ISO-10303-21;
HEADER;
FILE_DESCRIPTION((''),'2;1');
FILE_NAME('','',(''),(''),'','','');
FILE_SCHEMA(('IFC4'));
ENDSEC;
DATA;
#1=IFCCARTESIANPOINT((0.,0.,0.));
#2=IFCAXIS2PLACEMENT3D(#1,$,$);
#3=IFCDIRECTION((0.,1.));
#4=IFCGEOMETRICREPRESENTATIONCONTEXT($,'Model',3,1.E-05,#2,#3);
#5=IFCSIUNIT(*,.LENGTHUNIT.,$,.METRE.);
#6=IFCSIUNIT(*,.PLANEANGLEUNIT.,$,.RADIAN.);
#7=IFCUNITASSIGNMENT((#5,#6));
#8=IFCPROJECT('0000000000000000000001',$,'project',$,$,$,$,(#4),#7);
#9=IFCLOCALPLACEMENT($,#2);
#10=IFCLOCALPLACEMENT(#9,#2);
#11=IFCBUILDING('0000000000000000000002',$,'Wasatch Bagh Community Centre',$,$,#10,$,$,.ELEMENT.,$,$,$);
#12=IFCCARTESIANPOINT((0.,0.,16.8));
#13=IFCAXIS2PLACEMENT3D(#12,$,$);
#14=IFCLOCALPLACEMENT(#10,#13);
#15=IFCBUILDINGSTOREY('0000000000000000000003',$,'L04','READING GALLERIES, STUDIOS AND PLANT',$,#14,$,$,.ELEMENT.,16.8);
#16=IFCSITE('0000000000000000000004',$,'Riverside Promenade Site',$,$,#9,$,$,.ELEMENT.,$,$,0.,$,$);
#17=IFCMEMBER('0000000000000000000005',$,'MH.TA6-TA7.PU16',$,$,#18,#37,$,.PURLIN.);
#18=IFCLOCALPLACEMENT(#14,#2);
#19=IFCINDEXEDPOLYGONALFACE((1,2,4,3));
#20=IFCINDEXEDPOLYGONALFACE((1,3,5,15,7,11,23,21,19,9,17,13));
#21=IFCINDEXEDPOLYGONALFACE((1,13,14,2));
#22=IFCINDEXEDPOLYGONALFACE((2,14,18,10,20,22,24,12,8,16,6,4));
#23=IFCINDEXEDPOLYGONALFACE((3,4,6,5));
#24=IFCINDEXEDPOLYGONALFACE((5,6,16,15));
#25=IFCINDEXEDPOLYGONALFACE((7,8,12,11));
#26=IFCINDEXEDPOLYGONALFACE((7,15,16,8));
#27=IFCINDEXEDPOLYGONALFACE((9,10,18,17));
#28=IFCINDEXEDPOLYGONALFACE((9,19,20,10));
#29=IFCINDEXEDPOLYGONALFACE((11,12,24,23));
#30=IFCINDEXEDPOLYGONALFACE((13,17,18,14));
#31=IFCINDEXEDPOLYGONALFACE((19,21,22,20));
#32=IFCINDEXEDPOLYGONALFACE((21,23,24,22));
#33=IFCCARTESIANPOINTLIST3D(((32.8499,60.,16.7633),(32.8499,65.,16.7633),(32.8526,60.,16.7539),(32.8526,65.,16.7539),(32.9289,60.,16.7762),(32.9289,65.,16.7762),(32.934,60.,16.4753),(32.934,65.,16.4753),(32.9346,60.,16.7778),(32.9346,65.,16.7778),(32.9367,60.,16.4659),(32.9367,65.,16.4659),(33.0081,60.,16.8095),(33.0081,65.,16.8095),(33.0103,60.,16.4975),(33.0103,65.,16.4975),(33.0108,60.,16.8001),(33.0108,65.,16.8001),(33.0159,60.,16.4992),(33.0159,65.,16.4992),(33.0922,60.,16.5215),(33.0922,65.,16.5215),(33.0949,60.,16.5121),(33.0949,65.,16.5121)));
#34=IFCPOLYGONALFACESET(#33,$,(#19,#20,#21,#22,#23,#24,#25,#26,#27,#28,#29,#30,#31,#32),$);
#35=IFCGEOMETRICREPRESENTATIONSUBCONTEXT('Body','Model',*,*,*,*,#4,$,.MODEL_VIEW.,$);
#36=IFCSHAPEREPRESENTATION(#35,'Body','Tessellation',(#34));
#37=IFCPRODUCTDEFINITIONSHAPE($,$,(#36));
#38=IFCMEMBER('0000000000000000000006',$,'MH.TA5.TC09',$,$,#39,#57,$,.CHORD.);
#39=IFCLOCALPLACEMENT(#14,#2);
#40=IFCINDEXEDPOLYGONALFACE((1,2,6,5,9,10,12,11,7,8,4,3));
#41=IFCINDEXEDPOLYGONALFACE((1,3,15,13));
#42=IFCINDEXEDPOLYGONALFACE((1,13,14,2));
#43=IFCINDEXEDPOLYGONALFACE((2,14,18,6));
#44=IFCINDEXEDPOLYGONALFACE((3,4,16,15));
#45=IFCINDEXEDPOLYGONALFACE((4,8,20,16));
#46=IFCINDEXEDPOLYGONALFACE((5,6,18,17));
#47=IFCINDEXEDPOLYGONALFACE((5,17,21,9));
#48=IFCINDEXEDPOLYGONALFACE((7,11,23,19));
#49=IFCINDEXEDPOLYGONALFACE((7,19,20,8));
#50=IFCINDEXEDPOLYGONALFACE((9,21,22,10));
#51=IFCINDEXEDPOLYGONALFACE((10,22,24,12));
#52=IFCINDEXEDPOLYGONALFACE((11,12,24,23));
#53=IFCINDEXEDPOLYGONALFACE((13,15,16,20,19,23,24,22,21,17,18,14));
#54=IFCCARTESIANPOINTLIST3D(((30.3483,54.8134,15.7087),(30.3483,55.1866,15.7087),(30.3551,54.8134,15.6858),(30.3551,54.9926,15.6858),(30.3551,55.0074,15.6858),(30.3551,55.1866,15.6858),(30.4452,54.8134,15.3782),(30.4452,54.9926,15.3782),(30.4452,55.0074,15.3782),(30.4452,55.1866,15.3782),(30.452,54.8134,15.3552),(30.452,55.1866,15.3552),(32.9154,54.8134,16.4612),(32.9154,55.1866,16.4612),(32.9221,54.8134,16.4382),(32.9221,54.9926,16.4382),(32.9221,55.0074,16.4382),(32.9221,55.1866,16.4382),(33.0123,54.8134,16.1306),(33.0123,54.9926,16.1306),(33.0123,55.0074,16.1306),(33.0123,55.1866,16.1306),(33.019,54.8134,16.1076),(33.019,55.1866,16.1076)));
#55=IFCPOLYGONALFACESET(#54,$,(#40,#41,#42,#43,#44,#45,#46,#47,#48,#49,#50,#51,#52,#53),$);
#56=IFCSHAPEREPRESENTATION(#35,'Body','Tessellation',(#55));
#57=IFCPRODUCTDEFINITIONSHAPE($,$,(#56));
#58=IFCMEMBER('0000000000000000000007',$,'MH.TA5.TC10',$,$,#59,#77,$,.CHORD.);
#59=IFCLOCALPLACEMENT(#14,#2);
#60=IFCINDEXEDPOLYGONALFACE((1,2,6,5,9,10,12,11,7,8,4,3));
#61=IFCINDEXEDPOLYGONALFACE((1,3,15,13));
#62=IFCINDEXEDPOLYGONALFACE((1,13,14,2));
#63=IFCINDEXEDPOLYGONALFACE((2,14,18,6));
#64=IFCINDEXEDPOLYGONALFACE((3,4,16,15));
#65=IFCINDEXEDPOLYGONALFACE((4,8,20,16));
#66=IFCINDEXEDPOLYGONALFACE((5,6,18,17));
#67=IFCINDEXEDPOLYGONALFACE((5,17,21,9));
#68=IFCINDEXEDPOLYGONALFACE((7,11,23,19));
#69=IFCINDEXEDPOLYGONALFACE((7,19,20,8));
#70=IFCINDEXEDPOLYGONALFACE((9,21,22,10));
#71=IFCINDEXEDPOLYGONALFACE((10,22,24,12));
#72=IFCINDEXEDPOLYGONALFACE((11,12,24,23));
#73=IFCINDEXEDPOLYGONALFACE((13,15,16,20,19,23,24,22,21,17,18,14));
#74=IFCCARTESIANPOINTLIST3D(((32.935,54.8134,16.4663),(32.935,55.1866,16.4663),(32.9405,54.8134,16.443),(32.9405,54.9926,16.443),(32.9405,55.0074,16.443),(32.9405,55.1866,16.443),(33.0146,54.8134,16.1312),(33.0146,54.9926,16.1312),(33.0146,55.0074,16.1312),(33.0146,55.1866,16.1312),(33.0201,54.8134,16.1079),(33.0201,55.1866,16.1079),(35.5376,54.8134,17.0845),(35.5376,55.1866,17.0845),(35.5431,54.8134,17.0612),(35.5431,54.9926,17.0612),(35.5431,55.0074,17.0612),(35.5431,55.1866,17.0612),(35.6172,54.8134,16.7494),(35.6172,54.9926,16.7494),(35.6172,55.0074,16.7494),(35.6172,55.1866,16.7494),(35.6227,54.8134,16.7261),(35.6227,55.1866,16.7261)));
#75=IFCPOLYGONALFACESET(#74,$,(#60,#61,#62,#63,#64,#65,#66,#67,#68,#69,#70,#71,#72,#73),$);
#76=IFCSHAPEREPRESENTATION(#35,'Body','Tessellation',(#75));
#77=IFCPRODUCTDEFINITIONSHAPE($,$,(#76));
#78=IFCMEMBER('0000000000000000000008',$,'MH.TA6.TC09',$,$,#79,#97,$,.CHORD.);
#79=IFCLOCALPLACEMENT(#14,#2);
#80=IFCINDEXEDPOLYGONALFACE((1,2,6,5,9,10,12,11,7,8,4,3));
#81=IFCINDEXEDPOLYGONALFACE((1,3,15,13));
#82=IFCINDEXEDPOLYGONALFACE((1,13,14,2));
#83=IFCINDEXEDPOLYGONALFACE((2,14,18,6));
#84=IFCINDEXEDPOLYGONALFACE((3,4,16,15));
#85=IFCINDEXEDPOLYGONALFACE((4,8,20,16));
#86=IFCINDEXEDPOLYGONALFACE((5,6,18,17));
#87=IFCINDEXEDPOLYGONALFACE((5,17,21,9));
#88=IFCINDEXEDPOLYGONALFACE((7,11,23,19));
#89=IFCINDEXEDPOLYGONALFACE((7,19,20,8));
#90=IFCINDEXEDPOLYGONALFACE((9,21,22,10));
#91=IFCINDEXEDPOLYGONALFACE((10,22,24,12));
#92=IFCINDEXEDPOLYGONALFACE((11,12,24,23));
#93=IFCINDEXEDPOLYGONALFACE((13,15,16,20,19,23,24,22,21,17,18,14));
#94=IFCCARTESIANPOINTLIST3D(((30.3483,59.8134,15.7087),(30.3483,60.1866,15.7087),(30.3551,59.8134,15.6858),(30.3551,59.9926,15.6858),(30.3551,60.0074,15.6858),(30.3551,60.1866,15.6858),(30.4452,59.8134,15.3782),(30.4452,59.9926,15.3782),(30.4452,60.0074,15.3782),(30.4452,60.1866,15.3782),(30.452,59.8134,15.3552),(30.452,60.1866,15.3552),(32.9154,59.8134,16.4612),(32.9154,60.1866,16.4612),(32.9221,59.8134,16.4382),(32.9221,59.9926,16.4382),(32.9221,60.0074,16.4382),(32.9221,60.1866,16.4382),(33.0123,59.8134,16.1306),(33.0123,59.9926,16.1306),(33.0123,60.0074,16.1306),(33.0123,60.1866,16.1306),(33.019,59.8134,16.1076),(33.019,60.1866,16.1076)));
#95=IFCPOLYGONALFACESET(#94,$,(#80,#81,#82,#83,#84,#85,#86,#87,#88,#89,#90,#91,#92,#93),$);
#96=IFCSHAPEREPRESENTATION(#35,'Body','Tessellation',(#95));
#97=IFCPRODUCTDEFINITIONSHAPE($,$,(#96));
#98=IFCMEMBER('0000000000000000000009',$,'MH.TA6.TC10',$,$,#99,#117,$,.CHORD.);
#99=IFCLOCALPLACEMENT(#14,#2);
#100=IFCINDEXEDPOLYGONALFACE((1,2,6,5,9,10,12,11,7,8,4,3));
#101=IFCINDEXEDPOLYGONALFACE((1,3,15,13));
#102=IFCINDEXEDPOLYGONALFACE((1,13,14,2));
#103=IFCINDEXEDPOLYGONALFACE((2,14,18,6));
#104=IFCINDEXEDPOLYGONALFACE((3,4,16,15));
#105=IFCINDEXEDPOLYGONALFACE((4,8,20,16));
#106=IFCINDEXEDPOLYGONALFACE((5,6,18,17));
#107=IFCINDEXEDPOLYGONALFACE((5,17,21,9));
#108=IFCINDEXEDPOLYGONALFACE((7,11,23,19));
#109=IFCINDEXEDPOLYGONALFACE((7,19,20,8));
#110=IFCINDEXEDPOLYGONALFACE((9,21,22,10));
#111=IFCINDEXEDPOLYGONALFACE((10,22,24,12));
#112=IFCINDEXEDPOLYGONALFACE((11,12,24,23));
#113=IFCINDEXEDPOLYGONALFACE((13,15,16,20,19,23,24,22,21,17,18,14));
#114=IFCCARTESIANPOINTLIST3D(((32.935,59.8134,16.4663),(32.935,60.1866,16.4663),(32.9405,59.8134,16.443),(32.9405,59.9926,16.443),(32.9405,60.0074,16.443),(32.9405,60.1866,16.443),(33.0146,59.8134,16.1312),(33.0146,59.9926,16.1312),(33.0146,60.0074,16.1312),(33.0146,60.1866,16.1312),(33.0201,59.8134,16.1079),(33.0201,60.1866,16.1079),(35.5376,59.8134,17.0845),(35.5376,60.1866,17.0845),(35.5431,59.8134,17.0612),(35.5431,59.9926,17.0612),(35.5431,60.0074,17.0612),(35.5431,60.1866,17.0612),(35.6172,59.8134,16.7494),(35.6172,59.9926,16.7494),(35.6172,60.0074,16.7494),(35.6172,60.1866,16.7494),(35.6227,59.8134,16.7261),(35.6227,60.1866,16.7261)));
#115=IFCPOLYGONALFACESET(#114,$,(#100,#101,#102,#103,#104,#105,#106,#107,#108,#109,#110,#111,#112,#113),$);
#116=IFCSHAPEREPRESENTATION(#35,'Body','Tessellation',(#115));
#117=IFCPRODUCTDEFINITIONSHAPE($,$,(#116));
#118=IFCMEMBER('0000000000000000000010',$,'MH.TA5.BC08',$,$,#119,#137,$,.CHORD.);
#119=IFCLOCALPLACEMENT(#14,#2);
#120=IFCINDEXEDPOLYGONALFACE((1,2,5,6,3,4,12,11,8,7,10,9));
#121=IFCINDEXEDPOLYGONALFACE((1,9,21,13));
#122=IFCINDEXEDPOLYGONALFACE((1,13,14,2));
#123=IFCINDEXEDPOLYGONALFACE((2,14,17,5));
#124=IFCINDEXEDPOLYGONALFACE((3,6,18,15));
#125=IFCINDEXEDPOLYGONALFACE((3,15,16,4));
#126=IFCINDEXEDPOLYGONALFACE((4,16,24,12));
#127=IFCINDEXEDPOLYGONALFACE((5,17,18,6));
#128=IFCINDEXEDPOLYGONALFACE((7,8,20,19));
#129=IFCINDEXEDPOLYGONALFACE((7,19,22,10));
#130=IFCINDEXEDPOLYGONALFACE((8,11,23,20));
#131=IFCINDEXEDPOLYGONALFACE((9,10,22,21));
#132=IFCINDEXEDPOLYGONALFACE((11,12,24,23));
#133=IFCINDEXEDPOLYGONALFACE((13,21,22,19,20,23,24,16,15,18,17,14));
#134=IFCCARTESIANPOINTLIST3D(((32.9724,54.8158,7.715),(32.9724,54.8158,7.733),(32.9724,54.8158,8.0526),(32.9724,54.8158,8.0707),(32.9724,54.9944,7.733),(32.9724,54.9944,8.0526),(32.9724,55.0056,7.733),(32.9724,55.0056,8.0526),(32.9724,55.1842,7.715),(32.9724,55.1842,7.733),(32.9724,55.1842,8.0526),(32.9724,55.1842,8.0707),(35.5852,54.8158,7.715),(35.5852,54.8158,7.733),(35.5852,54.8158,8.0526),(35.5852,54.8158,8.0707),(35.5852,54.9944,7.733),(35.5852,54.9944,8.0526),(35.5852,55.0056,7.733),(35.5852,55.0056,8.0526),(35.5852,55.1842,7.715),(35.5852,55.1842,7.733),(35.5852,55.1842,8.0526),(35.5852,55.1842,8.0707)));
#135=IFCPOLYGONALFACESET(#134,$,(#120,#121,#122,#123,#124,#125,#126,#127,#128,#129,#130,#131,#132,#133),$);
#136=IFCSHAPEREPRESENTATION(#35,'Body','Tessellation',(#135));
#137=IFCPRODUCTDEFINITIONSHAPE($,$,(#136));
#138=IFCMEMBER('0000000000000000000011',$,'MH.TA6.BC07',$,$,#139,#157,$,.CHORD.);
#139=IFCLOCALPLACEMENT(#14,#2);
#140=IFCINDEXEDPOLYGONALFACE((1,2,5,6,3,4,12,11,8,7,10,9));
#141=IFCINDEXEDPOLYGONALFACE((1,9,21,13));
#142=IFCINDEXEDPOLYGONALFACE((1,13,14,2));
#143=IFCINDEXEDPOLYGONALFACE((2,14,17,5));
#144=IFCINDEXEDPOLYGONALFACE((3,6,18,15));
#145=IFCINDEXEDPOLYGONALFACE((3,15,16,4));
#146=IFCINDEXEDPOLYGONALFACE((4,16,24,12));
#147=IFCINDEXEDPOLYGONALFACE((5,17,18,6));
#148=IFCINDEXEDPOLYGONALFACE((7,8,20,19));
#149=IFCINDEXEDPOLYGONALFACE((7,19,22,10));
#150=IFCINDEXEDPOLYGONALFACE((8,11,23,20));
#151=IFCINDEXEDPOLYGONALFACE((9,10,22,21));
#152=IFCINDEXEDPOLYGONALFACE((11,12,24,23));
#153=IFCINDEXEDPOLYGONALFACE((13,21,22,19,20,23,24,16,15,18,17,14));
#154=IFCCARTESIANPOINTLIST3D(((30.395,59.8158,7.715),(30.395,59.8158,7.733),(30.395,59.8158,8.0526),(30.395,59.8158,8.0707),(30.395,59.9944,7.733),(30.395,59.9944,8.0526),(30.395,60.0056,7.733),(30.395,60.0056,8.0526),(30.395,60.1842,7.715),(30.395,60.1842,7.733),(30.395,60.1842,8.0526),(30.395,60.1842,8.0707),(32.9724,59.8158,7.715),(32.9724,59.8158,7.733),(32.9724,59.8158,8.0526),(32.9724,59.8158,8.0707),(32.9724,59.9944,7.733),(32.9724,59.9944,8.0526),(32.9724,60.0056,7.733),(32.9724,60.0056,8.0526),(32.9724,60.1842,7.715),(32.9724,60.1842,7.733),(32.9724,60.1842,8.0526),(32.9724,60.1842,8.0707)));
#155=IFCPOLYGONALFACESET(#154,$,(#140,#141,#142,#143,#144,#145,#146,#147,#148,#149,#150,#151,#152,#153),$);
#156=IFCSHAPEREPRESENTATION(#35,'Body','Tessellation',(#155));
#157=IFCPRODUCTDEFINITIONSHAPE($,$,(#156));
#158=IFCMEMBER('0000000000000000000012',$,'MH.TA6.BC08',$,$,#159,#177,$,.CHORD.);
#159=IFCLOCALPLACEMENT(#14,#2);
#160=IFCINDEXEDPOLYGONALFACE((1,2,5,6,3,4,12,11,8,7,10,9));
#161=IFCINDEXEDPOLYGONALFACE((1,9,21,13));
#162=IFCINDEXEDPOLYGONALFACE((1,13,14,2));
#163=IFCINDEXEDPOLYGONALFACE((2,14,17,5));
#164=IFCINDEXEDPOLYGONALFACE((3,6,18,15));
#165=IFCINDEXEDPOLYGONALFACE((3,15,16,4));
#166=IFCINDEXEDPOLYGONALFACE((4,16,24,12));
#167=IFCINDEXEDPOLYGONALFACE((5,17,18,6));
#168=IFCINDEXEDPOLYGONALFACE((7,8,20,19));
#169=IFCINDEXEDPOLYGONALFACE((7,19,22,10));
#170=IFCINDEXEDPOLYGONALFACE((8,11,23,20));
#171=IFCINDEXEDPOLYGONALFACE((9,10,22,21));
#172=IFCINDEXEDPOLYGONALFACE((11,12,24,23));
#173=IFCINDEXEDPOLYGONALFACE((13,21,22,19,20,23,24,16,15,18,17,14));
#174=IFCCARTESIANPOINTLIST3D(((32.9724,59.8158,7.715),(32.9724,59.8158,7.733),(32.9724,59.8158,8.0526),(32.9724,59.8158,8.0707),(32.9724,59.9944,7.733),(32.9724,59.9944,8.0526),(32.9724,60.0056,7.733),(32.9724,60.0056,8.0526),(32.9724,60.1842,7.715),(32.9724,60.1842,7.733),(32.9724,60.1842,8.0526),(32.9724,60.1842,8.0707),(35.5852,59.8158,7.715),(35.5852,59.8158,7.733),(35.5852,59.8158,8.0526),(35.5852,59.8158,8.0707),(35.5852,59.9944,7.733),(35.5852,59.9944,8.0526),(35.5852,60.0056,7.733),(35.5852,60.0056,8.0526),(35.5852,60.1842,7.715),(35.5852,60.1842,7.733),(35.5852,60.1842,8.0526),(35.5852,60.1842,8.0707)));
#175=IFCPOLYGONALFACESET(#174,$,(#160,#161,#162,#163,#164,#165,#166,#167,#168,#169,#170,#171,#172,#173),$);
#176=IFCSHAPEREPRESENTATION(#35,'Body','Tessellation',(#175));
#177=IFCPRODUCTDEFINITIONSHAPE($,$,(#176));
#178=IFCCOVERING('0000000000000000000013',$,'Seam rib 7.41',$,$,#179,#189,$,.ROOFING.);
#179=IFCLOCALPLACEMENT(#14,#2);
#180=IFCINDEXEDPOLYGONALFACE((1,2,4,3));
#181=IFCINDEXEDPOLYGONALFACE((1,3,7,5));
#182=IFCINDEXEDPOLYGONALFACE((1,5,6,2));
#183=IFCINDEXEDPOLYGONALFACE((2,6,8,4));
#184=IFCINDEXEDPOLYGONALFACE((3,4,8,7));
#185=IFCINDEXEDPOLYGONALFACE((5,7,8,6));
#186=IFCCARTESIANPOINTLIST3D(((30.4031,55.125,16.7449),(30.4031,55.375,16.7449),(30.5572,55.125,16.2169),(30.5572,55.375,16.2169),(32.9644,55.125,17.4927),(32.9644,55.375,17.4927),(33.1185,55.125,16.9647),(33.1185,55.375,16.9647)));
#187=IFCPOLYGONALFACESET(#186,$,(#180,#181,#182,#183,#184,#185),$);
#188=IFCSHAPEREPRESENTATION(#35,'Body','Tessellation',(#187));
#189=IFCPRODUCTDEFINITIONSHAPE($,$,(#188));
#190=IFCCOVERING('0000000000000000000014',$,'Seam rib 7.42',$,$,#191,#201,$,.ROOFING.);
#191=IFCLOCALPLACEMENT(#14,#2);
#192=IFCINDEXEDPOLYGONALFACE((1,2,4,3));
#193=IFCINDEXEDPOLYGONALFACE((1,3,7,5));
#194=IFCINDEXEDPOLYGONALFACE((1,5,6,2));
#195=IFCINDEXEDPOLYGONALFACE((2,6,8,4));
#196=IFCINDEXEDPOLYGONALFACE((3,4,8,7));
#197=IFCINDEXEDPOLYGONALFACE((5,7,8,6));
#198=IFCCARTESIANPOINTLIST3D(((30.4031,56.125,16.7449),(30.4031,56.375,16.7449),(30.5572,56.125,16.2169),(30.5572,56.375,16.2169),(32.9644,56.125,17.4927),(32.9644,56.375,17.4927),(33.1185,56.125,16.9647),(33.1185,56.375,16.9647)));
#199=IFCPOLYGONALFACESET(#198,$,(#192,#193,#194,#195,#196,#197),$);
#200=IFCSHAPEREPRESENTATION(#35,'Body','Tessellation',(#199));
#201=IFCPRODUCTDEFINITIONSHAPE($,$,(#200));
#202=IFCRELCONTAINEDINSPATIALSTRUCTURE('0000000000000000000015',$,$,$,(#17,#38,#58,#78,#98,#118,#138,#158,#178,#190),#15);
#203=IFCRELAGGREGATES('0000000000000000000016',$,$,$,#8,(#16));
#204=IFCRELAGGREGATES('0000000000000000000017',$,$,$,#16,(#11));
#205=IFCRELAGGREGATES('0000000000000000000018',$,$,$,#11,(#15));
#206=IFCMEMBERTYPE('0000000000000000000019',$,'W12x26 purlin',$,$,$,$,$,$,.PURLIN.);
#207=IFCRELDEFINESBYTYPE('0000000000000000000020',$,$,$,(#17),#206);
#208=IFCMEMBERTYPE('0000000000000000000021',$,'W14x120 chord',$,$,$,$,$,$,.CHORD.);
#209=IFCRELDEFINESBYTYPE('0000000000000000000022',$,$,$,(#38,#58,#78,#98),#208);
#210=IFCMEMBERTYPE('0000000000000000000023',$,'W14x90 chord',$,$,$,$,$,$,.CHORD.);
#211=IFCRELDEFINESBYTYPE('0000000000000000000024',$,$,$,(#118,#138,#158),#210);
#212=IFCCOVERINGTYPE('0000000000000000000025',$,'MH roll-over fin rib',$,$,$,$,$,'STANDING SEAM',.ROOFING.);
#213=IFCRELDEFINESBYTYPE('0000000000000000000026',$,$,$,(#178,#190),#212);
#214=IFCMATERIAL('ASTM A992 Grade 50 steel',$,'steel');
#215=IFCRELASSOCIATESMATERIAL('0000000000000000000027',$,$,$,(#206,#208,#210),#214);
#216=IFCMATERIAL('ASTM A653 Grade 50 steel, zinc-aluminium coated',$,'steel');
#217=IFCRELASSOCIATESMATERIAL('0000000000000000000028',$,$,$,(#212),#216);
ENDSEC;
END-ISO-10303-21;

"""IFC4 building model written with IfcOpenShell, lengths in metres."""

from ifc_helpers import new_model, si_unit, direction, frame, origin, origin_2d, place, context, subcontext, project, spatial, polyline, i_section, outline, extrude, material, material_profile, profile_set, type_object, element, save


model = new_model("IFC4")

# Units and contexts
model_context = context("Model", 3, precision=1e-05, world=origin(), true_north=direction((0.0, 1.0)))
body_context = subcontext(model_context, "Body", "Model", "MODEL_VIEW")
ifc_project = project(units=[si_unit("LENGTHUNIT", "METRE"), si_unit("PLANEANGLEUNIT", "RADIAN")], contexts=[model_context])

# Site, building, storey
site_placement = place(None, origin())
site = spatial("IfcSite", under=ifc_project, at=site_placement, Name="Riverside Promenade Site", CompositionType="ELEMENT", RefElevation=0.0)
building_placement = place(site_placement, origin())
building = spatial("IfcBuilding", under=site, at=building_placement, Name="Wasatch Bagh Community Centre", CompositionType="ELEMENT")
storey_placement = place(building_placement, frame((0.0, 0.0, 16.8)))
storey = spatial("IfcBuildingStorey", under=building, at=storey_placement, Name="L04", Description="READING GALLERIES, STUDIOS AND PLANT", CompositionType="ELEMENT", Elevation=16.8)

# Members
ifc_material_1 = material(Name="ASTM A992 Grade 50 steel", Category="steel")
ifc_material_profile_1 = material_profile(ifc_material_1, i_section(OverallWidth=0.1648, OverallDepth=0.3098, WebThickness=0.0059, FlangeThickness=0.0098, at=origin_2d()), Name="W12x26")
ifc_profile_set_1 = profile_set([ifc_material_profile_1], Name="ASTM A992 Grade 50 steel")
member_type_1 = type_object("IfcMemberType", Name="W12x26 purlin", PredefinedType="PURLIN", material=ifc_profile_set_1)
for number, where, z_axis, x_axis, name in (
    (1, (32.9724, 60.0, 16.6377), (0.0, 1.0, 0.0), (-0.959938, 0.0, -0.280214), "MH.TA6-TA7.PU16"),
):
    element("IfcMember", number, at=place(storey_placement, frame(where, z_axis=z_axis, x_axis=x_axis)), inside=storey, type_object=member_type_1, Name=name, PredefinedType="PURLIN", context=body_context, shape_type="SweptSolid", body=[
        extrude(i_section(OverallWidth=0.1648, OverallDepth=0.3098, WebThickness=0.0059, FlangeThickness=0.0098, at=origin_2d()), origin(), (0.0, 0.0, 1.0), 5.0),
    ])
ifc_material_profile_2 = material_profile(ifc_material_1, i_section(OverallWidth=0.3733, OverallDepth=0.3684, WebThickness=0.0149, FlangeThickness=0.0239, at=origin_2d()), Name="W14x120")
ifc_profile_set_2 = profile_set([ifc_material_profile_2], Name="ASTM A992 Grade 50 steel")
member_type_2 = type_object("IfcMemberType", Name="W14x120 chord", PredefinedType="CHORD", material=ifc_profile_set_2)
for number, where, z_axis, x_axis, name in (
    (2, (30.4001, 55.0, 15.532), (0.959628, 0.0, 0.281272), (0.0, 1.0, 0.0), "MH.TA5.TC09"),
    (3, (32.9775, 55.0, 16.2871), (0.972931, 0.0, 0.231094), (0.0, 1.0, 0.0), "MH.TA5.TC10"),
    (4, (30.4001, 60.0, 15.532), (0.959628, 0.0, 0.281272), (0.0, 1.0, 0.0), "MH.TA6.TC09"),
    (5, (32.9775, 60.0, 16.2871), (0.972931, 0.0, 0.231094), (0.0, 1.0, 0.0), "MH.TA6.TC10"),
):
    element("IfcMember", number, at=place(storey_placement, frame(where, z_axis=z_axis, x_axis=x_axis)), inside=storey, type_object=member_type_2, Name=name, PredefinedType="CHORD", context=body_context, shape_type="SweptSolid", body=[
        extrude(i_section(OverallWidth=0.3733, OverallDepth=0.3684, WebThickness=0.0149, FlangeThickness=0.0239, at=origin_2d()), origin(), (0.0, 0.0, 1.0), 2.675),
    ])
ifc_material_profile_3 = material_profile(ifc_material_1, i_section(OverallWidth=0.3684, OverallDepth=0.3557, WebThickness=0.0112, FlangeThickness=0.0181, at=origin_2d()), Name="W14x90")
ifc_profile_set_3 = profile_set([ifc_material_profile_3], Name="ASTM A992 Grade 50 steel")
member_type_3 = type_object("IfcMemberType", Name="W14x90 chord", PredefinedType="CHORD", material=ifc_profile_set_3)
member_1_placement = place(storey_placement, frame((32.9724, 55.0, 7.8928), z_axis=(1.0, 0.0, 0.0), x_axis=(0.0, 1.0, 0.0)))
element("IfcMember", 6, at=member_1_placement, inside=storey, type_object=member_type_3, Name="MH.TA5.BC08", PredefinedType="CHORD", context=body_context, shape_type="SweptSolid", body=[
    extrude(i_section(OverallWidth=0.3684, OverallDepth=0.3557, WebThickness=0.0112, FlangeThickness=0.0181, at=origin_2d()), origin(), (0.0, 0.0, 1.0), 2.6128),
])
member_2_placement = place(storey_placement, frame((30.395, 60.0, 7.8928), z_axis=(1.0, 0.0, 0.0), x_axis=(0.0, 1.0, 0.0)))
element("IfcMember", 7, at=member_2_placement, inside=storey, type_object=member_type_3, Name="MH.TA6.BC07", PredefinedType="CHORD", context=body_context, shape_type="SweptSolid", body=[
    extrude(i_section(OverallWidth=0.3684, OverallDepth=0.3557, WebThickness=0.0112, FlangeThickness=0.0181, at=origin_2d()), origin(), (0.0, 0.0, 1.0), 2.5774),
])
member_3_placement = place(storey_placement, frame((32.9724, 60.0, 7.8928), z_axis=(1.0, 0.0, 0.0), x_axis=(0.0, 1.0, 0.0)))
element("IfcMember", 8, at=member_3_placement, inside=storey, type_object=member_type_3, Name="MH.TA6.BC08", PredefinedType="CHORD", context=body_context, shape_type="SweptSolid", body=[
    extrude(i_section(OverallWidth=0.3684, OverallDepth=0.3557, WebThickness=0.0112, FlangeThickness=0.0181, at=origin_2d()), origin(), (0.0, 0.0, 1.0), 2.6128),
])

# Coverings
ifc_material_2 = material(Name="ASTM A653 Grade 50 steel, zinc-aluminium coated", Category="steel")
covering_type = type_object("IfcCoveringType", Name="MH roll-over fin rib", ElementType="STANDING SEAM", PredefinedType="ROOFING", material=ifc_material_2)
for number, where, z_axis, x_axis, name in (
    (9, (30.4031, 55.125, 16.7449), (-0.280264, 0.0, 0.959923), (0.959923, 0.0, 0.280264), "Seam rib 7.41"),
    (10, (30.4031, 56.125, 16.7449), (-0.280264, 0.0, 0.959923), (0.959923, 0.0, 0.280264), "Seam rib 7.42"),
):
    element("IfcCovering", number, at=place(storey_placement, frame(where, z_axis=z_axis, x_axis=x_axis)), inside=storey, type_object=covering_type, Name=name, PredefinedType="ROOFING", context=body_context, shape_type="SweptSolid", body=[
        extrude(outline(polyline([(0.0, 0.0), (2.6682, 0.0), (2.6682, 0.25), (0.0, 0.25), (0.0, 0.0)])), origin(), (0.0, 0.0, -1.0), 0.55),
    ])

save(model, "model.ifc")
